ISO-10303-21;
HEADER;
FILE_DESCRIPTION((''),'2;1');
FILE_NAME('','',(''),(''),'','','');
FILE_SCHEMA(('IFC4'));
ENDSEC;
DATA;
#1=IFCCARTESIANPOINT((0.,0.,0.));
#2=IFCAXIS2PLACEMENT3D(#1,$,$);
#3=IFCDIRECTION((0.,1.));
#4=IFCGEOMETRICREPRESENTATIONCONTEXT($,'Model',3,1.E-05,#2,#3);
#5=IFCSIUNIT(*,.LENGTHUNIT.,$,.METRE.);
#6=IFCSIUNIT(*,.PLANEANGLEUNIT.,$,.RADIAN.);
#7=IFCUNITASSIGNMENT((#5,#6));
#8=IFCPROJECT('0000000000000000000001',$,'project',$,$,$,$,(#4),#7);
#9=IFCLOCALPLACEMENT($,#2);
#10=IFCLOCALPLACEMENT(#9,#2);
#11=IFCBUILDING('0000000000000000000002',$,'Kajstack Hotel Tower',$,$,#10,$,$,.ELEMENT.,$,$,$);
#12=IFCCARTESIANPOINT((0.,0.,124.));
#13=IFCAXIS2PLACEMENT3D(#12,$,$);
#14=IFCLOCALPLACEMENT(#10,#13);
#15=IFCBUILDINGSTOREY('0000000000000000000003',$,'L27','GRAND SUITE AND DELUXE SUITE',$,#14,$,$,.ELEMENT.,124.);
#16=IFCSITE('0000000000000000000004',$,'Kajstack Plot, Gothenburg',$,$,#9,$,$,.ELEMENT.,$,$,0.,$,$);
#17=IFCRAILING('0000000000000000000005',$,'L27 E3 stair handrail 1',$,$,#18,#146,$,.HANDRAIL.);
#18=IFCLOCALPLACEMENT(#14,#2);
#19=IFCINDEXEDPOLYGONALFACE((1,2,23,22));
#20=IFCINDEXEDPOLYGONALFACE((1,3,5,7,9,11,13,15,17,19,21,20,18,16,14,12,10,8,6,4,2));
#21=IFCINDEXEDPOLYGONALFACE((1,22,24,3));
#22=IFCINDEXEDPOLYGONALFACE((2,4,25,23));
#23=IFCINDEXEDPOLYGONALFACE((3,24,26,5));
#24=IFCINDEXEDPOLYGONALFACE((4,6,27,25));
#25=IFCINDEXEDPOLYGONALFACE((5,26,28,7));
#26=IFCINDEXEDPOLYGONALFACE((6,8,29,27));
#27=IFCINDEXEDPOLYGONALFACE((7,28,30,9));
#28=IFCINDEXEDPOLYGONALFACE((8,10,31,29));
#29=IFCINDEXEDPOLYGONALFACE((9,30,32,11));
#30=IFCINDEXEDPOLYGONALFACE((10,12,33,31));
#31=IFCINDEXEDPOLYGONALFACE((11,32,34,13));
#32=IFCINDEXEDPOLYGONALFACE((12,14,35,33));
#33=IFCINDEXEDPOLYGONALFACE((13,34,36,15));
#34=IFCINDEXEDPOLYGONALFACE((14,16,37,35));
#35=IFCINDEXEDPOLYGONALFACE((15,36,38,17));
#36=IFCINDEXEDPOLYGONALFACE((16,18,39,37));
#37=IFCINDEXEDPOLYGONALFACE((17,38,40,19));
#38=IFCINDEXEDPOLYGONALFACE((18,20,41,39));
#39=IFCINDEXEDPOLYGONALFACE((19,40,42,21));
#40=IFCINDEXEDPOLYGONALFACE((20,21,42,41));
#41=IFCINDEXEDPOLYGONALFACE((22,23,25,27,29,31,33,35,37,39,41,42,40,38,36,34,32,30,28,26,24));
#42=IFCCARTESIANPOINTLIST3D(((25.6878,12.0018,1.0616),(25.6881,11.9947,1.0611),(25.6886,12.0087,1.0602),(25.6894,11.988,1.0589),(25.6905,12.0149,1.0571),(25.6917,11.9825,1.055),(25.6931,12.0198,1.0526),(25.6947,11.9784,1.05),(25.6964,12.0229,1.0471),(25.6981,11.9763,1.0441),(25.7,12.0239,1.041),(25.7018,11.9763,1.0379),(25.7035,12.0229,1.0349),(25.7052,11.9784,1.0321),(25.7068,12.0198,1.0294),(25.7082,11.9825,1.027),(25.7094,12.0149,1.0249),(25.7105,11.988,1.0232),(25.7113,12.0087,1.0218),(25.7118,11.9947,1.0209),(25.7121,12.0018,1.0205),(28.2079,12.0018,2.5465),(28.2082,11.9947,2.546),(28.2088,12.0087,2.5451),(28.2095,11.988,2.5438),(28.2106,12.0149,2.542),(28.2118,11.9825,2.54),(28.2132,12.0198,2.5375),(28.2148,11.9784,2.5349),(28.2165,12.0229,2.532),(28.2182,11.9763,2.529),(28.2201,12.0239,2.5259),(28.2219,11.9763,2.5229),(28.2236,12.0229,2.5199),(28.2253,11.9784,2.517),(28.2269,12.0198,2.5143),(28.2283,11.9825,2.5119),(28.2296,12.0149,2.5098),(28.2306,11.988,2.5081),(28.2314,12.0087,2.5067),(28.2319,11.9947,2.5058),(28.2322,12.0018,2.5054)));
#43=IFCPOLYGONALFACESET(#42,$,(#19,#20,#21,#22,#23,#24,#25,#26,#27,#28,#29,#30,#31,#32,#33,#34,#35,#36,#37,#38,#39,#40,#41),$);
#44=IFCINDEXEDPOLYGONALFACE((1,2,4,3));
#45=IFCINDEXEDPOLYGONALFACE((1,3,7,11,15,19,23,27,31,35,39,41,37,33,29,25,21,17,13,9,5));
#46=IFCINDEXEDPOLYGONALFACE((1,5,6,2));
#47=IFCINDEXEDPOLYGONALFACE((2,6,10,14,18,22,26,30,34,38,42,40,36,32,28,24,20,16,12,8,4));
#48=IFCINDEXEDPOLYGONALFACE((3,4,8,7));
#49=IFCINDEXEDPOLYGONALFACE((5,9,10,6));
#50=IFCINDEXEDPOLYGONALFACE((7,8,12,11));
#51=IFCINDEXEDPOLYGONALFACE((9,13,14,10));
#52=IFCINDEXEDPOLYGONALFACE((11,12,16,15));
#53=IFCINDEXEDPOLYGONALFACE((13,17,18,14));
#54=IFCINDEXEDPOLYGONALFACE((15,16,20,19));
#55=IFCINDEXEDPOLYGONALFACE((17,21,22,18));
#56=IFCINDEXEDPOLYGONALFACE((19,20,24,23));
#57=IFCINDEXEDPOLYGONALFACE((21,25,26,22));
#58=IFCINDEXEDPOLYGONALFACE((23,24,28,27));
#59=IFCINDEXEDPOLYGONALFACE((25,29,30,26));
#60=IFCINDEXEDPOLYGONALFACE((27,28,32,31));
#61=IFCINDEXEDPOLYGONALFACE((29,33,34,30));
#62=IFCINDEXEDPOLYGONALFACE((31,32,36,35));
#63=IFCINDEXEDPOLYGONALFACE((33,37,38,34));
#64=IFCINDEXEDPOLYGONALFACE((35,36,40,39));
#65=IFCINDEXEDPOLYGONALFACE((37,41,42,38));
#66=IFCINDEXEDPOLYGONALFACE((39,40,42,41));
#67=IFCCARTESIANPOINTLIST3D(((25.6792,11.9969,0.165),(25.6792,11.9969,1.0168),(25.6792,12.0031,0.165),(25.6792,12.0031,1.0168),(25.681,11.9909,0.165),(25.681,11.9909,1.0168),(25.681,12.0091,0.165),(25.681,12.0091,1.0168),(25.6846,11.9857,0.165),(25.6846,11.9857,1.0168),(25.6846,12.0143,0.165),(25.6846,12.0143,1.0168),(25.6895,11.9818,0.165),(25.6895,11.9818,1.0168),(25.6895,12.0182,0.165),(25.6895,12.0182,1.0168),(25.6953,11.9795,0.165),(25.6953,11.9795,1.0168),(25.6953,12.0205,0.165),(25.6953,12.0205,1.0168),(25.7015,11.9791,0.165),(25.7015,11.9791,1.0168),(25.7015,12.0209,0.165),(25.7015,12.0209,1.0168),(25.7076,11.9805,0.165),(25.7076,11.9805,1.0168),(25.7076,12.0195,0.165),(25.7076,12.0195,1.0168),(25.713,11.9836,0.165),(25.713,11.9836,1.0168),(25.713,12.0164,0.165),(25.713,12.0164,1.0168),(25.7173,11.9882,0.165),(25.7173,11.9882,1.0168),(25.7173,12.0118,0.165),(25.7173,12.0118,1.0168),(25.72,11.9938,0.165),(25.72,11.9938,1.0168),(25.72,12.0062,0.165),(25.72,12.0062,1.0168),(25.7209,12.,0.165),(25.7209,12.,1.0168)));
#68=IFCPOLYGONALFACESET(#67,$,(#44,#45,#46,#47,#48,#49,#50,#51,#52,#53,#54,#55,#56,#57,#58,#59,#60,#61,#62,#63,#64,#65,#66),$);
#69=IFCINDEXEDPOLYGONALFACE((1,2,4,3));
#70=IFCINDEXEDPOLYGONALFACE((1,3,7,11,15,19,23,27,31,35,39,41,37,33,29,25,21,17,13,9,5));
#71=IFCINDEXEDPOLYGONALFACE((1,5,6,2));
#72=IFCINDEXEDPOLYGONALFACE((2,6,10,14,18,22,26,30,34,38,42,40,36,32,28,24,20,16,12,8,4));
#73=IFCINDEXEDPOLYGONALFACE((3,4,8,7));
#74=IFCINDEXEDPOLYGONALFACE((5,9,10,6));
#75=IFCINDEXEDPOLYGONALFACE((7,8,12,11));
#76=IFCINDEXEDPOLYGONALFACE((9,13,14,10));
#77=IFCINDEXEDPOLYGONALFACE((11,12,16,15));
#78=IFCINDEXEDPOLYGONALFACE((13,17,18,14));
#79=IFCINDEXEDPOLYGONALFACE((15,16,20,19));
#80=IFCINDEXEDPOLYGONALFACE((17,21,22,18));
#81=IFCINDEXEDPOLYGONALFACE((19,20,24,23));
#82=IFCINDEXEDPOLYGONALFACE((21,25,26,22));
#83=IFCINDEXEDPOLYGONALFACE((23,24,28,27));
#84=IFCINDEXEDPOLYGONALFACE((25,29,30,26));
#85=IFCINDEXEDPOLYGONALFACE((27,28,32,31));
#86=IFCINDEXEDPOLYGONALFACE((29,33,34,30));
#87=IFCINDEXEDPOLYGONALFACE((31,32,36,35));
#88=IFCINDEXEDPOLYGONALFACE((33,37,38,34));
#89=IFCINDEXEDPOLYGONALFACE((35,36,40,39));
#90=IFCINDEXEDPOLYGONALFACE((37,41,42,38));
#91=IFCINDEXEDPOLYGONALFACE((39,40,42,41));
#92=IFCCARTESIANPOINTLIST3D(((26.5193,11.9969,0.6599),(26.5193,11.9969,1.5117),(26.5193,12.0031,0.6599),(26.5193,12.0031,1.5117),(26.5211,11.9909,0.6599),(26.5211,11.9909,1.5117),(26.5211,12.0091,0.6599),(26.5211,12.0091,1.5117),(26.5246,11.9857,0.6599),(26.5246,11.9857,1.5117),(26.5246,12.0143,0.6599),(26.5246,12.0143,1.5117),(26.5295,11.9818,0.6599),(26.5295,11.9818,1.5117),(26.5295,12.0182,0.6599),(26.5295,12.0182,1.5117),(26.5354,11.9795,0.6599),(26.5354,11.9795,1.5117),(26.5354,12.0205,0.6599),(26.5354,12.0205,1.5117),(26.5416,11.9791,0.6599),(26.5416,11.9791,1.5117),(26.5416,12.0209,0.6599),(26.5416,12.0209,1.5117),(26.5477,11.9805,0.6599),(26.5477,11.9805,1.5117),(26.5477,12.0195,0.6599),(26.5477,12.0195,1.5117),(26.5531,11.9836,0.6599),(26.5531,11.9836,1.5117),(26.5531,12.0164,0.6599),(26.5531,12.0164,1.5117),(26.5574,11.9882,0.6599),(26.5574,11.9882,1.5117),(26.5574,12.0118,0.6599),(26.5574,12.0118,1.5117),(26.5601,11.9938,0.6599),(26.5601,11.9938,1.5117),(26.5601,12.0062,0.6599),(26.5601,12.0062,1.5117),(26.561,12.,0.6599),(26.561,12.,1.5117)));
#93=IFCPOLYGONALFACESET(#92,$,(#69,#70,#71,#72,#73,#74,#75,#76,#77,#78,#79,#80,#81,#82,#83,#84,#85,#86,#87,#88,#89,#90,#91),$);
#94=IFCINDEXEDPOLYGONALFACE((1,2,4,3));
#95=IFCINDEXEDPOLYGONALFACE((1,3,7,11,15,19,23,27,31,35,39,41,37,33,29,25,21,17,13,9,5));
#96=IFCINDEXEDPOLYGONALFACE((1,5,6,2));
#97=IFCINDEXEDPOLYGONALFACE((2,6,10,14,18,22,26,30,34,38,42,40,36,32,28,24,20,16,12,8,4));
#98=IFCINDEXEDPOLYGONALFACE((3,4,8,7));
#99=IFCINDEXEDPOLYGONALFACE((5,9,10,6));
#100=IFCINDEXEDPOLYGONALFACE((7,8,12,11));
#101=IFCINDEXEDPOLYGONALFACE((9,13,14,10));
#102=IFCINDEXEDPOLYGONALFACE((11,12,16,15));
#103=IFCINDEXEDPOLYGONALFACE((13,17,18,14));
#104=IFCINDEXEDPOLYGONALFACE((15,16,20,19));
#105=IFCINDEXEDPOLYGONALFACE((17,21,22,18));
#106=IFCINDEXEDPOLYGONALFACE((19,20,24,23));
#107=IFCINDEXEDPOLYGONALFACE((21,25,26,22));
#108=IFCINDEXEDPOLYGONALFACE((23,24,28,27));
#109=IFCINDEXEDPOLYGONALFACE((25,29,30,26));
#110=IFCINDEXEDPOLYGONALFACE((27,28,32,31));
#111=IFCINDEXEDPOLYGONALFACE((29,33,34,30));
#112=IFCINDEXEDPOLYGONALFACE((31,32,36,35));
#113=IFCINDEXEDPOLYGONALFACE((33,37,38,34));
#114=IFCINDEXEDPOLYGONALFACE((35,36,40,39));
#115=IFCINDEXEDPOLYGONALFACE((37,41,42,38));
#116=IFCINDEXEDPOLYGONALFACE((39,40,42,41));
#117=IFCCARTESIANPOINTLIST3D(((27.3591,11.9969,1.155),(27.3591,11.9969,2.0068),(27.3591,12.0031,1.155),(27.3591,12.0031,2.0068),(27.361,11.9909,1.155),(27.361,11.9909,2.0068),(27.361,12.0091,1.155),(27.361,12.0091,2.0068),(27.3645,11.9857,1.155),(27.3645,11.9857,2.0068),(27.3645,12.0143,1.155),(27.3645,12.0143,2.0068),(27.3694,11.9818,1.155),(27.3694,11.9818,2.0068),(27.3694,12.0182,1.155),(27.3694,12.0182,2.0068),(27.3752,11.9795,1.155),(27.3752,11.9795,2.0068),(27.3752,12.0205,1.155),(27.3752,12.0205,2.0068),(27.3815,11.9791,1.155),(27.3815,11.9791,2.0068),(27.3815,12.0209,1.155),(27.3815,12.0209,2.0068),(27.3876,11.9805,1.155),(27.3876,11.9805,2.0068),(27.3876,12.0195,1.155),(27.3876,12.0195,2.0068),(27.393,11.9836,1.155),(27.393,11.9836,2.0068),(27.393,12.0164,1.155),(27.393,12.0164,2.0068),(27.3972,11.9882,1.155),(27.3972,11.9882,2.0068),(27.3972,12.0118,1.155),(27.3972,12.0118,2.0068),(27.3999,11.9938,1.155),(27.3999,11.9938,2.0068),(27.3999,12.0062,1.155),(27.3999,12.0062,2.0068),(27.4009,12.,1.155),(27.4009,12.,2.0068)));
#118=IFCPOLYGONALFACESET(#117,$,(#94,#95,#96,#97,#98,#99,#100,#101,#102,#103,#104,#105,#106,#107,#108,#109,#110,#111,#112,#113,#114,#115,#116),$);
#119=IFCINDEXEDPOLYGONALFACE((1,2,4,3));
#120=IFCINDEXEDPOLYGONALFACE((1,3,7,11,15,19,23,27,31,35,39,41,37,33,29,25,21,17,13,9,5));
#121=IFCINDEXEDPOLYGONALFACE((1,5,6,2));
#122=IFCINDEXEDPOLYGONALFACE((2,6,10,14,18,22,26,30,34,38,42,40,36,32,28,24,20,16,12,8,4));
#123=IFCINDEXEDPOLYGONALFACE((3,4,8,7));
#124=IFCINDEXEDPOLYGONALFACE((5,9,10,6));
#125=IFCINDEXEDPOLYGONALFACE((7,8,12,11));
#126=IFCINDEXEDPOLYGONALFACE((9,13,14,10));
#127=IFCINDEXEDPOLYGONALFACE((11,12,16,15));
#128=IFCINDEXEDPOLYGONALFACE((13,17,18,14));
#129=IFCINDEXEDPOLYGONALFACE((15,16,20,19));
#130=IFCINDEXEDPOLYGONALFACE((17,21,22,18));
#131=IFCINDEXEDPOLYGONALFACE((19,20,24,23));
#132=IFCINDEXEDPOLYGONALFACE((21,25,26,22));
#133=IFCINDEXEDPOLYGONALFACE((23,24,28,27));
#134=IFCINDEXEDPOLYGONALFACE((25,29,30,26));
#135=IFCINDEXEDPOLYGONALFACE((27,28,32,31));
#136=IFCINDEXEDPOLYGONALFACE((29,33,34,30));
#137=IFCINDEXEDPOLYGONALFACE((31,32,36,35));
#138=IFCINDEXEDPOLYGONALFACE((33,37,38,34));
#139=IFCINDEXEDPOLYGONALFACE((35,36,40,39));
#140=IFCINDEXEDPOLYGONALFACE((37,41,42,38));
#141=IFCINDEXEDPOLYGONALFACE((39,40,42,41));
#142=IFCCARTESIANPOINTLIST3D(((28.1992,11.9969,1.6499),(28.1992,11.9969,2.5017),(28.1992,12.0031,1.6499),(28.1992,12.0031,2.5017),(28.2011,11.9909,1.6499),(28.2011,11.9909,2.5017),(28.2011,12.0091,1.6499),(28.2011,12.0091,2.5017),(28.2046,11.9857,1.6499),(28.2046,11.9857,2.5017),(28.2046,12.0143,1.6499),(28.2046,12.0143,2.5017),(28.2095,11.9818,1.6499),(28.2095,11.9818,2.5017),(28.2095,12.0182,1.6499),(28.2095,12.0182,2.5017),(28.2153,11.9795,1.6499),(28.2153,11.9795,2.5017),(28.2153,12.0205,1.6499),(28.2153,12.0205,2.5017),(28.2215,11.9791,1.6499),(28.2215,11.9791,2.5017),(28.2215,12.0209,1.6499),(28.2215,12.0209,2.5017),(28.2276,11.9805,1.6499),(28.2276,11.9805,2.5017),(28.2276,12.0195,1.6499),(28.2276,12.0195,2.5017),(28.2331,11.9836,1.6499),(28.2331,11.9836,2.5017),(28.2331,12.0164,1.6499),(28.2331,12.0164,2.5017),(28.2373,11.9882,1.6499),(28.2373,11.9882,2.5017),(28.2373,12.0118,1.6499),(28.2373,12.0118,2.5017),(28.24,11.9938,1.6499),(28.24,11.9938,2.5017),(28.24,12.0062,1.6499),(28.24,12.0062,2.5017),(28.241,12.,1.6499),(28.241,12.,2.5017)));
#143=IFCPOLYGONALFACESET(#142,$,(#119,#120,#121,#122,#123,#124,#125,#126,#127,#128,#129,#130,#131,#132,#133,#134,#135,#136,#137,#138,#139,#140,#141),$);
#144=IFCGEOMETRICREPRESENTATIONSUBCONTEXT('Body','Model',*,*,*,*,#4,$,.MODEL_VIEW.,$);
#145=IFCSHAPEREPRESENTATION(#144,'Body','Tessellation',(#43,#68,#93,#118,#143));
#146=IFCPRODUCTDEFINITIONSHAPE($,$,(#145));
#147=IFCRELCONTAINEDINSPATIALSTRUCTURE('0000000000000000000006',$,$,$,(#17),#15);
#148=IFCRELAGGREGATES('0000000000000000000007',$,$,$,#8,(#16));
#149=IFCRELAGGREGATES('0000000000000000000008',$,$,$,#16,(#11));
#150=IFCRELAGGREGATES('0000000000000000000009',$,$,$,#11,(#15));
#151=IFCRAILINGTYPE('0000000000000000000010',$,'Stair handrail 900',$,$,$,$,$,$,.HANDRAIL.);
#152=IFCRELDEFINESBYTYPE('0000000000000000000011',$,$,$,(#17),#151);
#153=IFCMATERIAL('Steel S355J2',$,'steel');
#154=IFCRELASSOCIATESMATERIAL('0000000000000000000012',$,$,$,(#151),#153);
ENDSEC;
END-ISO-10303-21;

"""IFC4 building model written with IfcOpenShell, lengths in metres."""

from ifc_helpers import new_model, si_unit, direction, frame, origin, origin_2d, place, context, subcontext, project, spatial, circle, extrude, material, type_object, element, save


model = new_model("IFC4")

# Units and contexts
model_context = context("Model", 3, precision=1e-05, world=origin(), true_north=direction((0.0, 1.0)))
body_context = subcontext(model_context, "Body", "Model", "MODEL_VIEW")
ifc_project = project(units=[si_unit("LENGTHUNIT", "METRE"), si_unit("PLANEANGLEUNIT", "RADIAN")], contexts=[model_context])

# Site, building, storey
site_placement = place(None, origin())
site = spatial("IfcSite", under=ifc_project, at=site_placement, Name="Kajstack Plot, Gothenburg", CompositionType="ELEMENT", RefElevation=0.0)
building_placement = place(site_placement, origin())
building = spatial("IfcBuilding", under=site, at=building_placement, Name="Kajstack Hotel Tower", CompositionType="ELEMENT")
storey_placement = place(building_placement, frame((0.0, 0.0, 124.0)))
storey = spatial("IfcBuildingStorey", under=building, at=storey_placement, Name="L27", Description="GRAND SUITE AND DELUXE SUITE", CompositionType="ELEMENT", Elevation=124.0)

# Railing
ifc_material_1 = material(Name="Steel S355J2", Category="steel")
railing_type_1 = type_object("IfcRailingType", Name="Stair handrail 900", PredefinedType="HANDRAIL", material=ifc_material_1)
railing_1_placement = place(storey_placement, frame((25.7, 12.0, 0.165)))
element("IfcRailing", 1, at=railing_1_placement, inside=storey, type_object=railing_type_1, Name="L27 E3 stair handrail 1", PredefinedType="HANDRAIL", context=body_context, shape_type="SweptSolid", body=[
    extrude(circle(Radius=0.0239, at=origin_2d()), frame((0.0, 0.0, 0.876), z_axis=(0.861561, 0.0, 0.507655), x_axis=(0.0, 1.0, 0.0)), (0.0, 0.0, 1.0), 2.925),
    extrude(circle(Radius=0.021, at=origin_2d()), origin(), (0.0, 0.0, 1.0), 0.8518),
    extrude(circle(Radius=0.021, at=origin_2d()), frame((0.8401, 0.0, 0.4949)), (0.0, 0.0, 1.0), 0.8518),
    extrude(circle(Radius=0.021, at=origin_2d()), frame((1.6799, 0.0, 0.99)), (0.0, 0.0, 1.0), 0.8518),
    extrude(circle(Radius=0.021, at=origin_2d()), frame((2.52, 0.0, 1.4849)), (0.0, 0.0, 1.0), 0.8518),
])

save(model, "model.ifc")
